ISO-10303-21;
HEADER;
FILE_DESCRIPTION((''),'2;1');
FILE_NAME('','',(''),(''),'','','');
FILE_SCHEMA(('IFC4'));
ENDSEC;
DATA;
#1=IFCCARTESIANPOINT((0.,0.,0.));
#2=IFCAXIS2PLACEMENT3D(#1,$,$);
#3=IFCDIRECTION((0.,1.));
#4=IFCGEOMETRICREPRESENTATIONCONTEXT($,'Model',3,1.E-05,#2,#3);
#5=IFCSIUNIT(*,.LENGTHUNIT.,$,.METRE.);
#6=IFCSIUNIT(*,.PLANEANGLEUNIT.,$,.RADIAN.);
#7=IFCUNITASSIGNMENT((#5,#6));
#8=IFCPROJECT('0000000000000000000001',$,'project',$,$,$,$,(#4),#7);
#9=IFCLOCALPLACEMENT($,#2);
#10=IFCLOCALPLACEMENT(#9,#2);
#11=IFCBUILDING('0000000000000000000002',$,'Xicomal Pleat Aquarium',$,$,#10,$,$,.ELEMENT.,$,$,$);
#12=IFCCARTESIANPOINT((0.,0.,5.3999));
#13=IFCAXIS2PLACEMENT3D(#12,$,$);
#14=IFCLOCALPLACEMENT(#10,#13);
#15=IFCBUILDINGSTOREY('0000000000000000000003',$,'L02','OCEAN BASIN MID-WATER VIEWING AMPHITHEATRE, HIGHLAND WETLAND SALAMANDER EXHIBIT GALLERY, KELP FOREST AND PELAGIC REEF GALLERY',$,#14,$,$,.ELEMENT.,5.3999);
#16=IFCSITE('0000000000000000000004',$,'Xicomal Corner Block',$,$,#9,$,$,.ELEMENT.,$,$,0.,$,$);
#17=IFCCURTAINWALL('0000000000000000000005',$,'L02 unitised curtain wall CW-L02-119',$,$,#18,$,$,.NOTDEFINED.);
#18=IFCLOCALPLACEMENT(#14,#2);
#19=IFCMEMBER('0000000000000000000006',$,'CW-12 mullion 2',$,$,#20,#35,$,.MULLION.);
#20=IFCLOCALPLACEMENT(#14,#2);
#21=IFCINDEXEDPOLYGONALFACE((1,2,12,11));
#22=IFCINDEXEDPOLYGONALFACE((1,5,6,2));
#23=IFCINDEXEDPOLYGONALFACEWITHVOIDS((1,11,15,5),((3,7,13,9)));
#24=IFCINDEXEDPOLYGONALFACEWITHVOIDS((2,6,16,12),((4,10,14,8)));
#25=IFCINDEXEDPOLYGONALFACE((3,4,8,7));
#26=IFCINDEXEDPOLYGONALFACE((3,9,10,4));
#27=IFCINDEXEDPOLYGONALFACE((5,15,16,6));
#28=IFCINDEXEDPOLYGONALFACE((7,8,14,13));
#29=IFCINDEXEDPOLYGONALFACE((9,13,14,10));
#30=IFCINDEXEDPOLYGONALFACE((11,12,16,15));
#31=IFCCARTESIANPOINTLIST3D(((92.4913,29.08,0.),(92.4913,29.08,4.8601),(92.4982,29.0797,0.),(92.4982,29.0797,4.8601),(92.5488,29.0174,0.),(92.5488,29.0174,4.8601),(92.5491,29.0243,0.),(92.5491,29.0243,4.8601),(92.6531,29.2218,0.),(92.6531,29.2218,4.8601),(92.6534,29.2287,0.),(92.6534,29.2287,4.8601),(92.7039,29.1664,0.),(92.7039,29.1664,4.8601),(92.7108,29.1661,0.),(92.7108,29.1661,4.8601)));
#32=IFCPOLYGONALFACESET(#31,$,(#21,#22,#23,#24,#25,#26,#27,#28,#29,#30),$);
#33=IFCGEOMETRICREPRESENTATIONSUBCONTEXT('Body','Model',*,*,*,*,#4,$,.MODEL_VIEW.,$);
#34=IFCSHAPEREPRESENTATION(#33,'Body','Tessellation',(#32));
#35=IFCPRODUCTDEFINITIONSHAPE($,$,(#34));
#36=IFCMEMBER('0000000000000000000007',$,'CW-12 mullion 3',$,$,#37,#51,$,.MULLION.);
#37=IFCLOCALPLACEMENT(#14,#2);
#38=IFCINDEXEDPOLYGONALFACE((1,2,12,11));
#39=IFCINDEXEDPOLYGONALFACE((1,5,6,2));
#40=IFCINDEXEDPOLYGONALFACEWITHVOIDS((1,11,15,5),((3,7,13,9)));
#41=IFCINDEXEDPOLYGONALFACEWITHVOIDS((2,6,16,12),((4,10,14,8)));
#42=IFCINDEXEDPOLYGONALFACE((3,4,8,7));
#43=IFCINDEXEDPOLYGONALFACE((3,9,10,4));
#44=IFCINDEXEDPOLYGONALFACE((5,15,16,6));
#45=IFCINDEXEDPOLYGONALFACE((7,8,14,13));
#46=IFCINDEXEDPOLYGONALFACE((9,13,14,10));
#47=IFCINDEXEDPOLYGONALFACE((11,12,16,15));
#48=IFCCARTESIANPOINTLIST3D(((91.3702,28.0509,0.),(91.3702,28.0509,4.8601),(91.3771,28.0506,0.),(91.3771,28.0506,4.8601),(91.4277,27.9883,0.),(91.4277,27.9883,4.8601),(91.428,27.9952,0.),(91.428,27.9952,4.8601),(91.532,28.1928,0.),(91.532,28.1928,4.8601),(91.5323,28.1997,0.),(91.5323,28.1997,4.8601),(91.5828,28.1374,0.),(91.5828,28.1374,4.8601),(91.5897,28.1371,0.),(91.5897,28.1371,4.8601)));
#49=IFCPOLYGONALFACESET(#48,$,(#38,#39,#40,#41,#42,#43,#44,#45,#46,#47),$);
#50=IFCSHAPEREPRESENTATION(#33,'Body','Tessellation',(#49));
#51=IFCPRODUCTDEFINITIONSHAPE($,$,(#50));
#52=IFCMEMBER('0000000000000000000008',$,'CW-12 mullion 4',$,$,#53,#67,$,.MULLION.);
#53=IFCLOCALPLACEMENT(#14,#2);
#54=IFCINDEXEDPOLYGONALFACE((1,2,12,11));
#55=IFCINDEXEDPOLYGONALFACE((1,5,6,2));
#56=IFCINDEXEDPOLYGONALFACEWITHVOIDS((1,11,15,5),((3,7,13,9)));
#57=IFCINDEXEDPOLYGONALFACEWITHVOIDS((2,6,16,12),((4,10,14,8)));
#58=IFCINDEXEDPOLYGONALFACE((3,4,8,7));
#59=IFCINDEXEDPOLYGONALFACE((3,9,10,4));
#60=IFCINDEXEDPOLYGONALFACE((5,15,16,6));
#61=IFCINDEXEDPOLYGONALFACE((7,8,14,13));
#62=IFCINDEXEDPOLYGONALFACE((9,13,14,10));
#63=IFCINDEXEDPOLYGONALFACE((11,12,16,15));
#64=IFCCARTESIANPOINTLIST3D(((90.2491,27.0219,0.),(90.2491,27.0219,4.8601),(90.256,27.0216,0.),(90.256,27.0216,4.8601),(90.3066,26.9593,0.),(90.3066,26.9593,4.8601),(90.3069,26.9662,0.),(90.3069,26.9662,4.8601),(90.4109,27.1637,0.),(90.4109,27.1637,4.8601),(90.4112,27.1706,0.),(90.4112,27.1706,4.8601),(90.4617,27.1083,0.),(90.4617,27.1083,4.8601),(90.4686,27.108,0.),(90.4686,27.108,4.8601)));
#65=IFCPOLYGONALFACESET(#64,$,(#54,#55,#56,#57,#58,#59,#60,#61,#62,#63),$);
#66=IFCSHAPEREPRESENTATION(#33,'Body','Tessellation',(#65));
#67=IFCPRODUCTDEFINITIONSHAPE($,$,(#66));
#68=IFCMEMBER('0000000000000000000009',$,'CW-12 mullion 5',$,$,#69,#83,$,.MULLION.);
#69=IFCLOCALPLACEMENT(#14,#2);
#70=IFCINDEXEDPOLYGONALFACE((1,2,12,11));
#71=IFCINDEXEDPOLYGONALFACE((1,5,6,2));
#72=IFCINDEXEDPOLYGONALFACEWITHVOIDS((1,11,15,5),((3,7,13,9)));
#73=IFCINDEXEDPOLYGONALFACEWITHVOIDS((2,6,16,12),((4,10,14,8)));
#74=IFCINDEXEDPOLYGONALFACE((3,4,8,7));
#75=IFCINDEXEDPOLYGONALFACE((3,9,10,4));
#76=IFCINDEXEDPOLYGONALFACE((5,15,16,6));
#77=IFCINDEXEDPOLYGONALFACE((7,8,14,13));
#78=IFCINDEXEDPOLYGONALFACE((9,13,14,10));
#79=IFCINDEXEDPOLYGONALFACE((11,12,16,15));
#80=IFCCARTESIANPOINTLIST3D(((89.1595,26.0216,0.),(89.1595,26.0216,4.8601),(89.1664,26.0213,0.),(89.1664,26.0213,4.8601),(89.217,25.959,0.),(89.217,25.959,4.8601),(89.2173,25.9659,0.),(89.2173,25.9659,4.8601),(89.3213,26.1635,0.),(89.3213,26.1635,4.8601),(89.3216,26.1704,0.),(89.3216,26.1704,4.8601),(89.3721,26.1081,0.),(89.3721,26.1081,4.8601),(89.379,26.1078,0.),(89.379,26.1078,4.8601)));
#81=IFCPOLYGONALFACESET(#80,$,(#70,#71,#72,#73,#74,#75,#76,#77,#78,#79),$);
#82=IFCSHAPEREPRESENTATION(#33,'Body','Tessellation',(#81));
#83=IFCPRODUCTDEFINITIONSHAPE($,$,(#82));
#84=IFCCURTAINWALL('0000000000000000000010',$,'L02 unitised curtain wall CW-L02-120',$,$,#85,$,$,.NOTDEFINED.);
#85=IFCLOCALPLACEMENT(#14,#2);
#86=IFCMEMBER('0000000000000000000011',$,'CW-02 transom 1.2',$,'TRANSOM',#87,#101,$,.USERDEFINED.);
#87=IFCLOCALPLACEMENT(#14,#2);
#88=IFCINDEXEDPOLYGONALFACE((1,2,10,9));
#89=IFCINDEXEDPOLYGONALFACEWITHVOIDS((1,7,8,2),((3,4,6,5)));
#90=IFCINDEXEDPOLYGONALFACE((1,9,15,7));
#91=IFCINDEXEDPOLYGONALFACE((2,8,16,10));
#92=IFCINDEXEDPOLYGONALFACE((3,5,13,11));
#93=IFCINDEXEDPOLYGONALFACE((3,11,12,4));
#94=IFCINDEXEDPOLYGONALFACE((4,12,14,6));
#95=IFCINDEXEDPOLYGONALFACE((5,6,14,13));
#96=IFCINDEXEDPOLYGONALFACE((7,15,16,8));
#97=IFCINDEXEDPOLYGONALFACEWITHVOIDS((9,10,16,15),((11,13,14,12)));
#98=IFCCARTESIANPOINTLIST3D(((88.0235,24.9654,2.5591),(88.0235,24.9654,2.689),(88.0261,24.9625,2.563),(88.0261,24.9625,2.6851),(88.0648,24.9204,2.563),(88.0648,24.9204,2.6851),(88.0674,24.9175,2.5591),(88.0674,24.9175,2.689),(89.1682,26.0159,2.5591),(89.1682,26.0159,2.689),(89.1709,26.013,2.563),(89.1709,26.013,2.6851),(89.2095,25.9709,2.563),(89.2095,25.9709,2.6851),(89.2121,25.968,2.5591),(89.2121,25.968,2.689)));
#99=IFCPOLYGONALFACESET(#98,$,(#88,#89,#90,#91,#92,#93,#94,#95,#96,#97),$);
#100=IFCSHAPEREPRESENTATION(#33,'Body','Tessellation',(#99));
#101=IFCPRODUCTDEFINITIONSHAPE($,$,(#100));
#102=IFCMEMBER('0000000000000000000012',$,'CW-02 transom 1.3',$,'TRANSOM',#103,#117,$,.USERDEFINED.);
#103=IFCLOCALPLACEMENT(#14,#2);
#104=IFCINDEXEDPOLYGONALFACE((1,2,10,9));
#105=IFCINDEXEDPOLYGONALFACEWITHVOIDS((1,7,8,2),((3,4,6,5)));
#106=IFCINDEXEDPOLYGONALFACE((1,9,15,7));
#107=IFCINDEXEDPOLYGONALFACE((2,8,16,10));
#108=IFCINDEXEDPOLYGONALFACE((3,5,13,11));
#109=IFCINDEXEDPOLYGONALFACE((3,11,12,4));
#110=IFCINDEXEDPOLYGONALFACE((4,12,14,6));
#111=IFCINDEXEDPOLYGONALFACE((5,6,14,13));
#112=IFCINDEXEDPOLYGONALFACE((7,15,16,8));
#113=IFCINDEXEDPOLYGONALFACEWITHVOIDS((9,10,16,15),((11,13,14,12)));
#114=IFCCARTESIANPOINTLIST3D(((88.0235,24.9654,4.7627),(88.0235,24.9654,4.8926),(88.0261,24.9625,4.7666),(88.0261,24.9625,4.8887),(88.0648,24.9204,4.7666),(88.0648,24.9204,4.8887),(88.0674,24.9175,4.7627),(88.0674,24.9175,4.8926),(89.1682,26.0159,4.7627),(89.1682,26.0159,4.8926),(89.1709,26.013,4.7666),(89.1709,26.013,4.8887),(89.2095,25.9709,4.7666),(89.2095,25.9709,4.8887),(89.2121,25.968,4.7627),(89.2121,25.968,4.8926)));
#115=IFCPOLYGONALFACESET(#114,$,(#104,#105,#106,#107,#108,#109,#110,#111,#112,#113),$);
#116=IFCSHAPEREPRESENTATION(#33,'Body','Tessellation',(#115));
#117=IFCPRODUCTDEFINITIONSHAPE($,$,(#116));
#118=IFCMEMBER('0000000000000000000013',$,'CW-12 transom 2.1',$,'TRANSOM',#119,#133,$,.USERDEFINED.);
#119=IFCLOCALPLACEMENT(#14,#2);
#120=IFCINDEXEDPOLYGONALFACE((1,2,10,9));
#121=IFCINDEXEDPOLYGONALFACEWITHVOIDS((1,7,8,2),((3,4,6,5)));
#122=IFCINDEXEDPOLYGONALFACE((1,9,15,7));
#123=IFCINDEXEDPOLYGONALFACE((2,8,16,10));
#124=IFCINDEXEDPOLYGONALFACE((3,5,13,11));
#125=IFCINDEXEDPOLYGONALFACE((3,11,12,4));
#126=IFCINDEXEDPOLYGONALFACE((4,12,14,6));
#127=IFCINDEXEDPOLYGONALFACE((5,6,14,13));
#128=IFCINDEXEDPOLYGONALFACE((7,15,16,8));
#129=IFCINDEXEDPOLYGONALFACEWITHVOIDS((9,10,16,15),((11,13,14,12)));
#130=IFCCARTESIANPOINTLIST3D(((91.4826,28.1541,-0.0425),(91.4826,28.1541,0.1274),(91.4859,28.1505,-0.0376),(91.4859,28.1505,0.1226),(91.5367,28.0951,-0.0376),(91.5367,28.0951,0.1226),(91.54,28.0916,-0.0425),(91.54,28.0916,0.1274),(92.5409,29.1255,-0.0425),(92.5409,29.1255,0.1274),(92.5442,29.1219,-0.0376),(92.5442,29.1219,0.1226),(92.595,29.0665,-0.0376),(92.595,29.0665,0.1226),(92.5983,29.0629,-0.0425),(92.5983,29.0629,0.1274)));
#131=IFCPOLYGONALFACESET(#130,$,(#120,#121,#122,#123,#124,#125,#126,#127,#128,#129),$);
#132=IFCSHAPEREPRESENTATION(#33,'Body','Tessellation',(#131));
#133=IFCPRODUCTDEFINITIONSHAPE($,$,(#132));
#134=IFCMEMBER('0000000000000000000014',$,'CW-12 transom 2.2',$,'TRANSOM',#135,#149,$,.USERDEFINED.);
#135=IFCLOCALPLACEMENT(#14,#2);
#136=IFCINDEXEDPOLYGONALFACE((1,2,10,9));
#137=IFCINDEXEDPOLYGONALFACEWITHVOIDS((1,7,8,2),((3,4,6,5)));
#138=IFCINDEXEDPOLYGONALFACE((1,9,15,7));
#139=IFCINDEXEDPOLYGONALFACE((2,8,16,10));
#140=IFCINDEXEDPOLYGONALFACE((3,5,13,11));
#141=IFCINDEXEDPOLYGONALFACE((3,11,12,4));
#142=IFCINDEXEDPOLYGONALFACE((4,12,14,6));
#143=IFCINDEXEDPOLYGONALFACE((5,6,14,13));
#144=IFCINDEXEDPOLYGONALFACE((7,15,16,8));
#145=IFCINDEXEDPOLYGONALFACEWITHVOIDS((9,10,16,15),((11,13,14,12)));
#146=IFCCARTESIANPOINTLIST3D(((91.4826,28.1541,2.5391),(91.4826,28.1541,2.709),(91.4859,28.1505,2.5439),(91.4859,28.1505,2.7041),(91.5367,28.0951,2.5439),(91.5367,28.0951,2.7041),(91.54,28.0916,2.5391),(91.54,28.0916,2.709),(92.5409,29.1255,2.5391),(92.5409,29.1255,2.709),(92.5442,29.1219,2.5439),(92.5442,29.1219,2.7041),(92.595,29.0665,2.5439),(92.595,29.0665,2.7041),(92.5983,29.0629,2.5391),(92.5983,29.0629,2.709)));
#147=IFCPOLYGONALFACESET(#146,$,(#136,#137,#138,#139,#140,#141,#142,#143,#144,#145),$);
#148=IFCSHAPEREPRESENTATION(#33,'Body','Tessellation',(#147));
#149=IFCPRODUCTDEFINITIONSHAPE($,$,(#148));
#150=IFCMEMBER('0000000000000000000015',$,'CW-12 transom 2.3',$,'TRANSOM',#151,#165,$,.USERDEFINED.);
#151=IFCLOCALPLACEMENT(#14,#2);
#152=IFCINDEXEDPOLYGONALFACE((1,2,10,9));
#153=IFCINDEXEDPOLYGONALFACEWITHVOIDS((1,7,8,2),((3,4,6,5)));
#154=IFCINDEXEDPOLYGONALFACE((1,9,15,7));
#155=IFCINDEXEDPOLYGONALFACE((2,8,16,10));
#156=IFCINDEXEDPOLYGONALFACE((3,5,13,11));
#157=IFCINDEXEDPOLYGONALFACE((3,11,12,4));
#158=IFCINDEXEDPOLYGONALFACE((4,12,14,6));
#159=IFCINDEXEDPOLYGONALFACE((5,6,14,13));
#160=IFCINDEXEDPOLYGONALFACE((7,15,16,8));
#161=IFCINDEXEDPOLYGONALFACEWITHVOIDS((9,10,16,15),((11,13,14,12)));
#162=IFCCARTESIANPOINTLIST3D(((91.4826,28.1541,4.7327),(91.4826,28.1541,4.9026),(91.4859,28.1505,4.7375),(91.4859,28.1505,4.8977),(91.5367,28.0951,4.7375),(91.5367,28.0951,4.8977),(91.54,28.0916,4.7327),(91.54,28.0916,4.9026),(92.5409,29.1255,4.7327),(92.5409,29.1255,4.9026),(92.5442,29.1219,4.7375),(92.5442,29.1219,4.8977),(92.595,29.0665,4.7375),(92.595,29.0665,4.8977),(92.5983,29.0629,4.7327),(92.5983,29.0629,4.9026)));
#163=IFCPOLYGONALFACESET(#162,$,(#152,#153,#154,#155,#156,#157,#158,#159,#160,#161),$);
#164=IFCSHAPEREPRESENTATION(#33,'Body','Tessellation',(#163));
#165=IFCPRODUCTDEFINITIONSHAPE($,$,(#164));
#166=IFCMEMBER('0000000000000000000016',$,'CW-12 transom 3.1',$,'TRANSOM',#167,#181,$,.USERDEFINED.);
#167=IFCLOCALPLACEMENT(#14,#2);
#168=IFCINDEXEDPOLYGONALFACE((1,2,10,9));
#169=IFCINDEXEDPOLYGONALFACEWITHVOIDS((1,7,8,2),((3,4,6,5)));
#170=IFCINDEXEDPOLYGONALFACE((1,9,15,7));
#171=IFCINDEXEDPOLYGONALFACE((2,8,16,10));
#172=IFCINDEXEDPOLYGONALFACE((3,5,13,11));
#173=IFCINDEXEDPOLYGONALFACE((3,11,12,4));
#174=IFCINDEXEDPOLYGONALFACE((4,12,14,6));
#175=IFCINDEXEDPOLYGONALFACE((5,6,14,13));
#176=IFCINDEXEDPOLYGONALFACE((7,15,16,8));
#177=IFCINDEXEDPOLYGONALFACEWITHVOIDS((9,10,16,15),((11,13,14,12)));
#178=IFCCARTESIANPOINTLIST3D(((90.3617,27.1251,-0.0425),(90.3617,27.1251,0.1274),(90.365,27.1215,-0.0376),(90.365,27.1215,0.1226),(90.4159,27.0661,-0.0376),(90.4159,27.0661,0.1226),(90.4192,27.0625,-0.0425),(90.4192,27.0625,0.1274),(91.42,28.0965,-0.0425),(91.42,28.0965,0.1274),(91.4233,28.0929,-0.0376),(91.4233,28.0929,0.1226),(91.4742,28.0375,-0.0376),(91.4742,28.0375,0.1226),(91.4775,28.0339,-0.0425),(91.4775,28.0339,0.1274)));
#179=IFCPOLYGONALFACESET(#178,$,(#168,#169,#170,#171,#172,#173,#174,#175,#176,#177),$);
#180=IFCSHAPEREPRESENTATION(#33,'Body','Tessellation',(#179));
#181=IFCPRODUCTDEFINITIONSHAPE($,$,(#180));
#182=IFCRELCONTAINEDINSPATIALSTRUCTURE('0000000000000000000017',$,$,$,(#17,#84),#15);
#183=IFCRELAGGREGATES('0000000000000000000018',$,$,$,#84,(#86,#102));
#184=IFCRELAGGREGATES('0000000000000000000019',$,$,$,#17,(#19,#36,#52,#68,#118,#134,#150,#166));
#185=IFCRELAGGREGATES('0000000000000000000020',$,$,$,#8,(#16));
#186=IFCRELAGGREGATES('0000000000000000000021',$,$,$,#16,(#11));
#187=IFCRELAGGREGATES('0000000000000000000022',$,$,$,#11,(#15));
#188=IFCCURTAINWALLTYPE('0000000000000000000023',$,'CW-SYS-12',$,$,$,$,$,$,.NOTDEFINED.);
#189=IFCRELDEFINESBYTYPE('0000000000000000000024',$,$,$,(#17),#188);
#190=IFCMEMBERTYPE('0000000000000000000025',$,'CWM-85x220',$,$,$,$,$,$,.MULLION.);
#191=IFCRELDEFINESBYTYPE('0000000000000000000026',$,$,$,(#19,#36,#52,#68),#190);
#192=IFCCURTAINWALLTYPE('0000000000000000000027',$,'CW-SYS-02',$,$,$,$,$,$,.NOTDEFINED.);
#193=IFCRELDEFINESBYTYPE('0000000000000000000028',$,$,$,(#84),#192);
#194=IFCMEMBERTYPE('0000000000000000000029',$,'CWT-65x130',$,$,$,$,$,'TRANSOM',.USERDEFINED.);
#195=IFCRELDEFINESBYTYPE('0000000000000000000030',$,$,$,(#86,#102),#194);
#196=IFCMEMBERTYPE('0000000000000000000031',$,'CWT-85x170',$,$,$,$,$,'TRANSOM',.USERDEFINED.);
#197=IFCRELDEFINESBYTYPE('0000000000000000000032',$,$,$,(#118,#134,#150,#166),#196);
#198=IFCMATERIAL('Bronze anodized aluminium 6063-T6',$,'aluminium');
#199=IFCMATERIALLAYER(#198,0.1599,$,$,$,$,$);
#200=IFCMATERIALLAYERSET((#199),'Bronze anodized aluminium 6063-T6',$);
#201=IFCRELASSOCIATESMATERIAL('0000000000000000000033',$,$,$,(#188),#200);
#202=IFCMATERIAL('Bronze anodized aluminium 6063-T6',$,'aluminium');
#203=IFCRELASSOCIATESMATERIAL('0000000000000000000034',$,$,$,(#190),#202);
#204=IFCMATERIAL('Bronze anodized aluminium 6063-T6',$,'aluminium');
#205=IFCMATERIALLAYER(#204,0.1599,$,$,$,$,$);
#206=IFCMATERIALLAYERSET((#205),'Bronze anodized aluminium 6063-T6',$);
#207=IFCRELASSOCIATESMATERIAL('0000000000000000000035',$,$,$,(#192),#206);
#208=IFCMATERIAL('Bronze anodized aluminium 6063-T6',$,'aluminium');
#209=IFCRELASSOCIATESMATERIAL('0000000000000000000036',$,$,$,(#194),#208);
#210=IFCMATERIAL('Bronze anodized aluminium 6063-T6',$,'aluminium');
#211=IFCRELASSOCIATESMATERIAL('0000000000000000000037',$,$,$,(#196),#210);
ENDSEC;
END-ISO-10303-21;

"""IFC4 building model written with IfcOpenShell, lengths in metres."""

from ifc_helpers import new_model, si_unit, direction, frame, origin, origin_2d, place, context, subcontext, project, spatial, hollow_rectangle, extrude, material, layer, layer_set, material_profile, profile_set, type_object, element, aggregate, save


model = new_model("IFC4")

# Units and contexts
model_context = context("Model", 3, precision=1e-05, world=origin(), true_north=direction((0.0, 1.0)))
body_context = subcontext(model_context, "Body", "Model", "MODEL_VIEW")
ifc_project = project(units=[si_unit("LENGTHUNIT", "METRE"), si_unit("PLANEANGLEUNIT", "RADIAN")], contexts=[model_context])

# Site, building, storey
site_placement = place(None, origin())
site = spatial("IfcSite", under=ifc_project, at=site_placement, Name="Xicomal Corner Block", CompositionType="ELEMENT", RefElevation=0.0)
building_placement = place(site_placement, origin())
building = spatial("IfcBuilding", under=site, at=building_placement, Name="Xicomal Pleat Aquarium", CompositionType="ELEMENT")
storey_placement = place(building_placement, frame((0.0, 0.0, 5.3999)))
storey = spatial("IfcBuildingStorey", under=building, at=storey_placement, Name="L02", Description="OCEAN BASIN MID-WATER VIEWING AMPHITHEATRE, HIGHLAND WETLAND SALAMANDER EXHIBIT GALLERY, KELP FOREST AND PELAGIC REEF GALLERY", CompositionType="ELEMENT", Elevation=5.3999)

# Curtain walls, members
ifc_material_1 = material(Name="Bronze anodized aluminium 6063-T6", Category="aluminium")
ifc_layer_1 = layer(ifc_material_1, 0.1599)
ifc_layer_set_1 = layer_set([ifc_layer_1], Name="Bronze anodized aluminium 6063-T6")
curtain_wall_type_1 = type_object("IfcCurtainWallType", Name="CW-SYS-12", PredefinedType="NOTDEFINED", material=ifc_layer_set_1)
curtain_wall_1_placement = place(storey_placement, origin())
curtain_wall_1 = element("IfcCurtainWall", 1, at=curtain_wall_1_placement, inside=storey, type_object=curtain_wall_type_1, Name="L02 unitised curtain wall CW-L02-119", PredefinedType="NOTDEFINED")
ifc_material_2 = material(Name="Bronze anodized aluminium 6063-T6", Category="aluminium")
ifc_material_profile_1 = material_profile(ifc_material_2, hollow_rectangle(XDim=0.085, YDim=0.22, WallThickness=0.0049, at=origin_2d()), Name="ALU MULL 85x220")
ifc_profile_set_1 = profile_set([ifc_material_profile_1], Name="Bronze anodized aluminium 6063-T6")
member_type_1 = type_object("IfcMemberType", Name="CWM-85x220", PredefinedType="MULLION", material=ifc_profile_set_1)
member_1_placement = place(storey_placement, frame((92.6011, 29.123, 0.0), z_axis=(0.0, 0.0, 1.0), x_axis=(0.67623, -0.73669, 0.0)))
member_1 = element("IfcMember", 2, at=member_1_placement, type_object=member_type_1, Name="CW-12 mullion 2", PredefinedType="MULLION", context=body_context, shape_type="SweptSolid", body=[
    extrude(hollow_rectangle(XDim=0.085, YDim=0.22, WallThickness=0.0049, at=origin_2d()), origin(), (0.0, 0.0, 1.0), 4.8601),
])
member_2_placement = place(storey_placement, frame((91.48, 28.094, 0.0), z_axis=(0.0, 0.0, 1.0), x_axis=(0.67623, -0.73669, 0.0)))
member_2 = element("IfcMember", 3, at=member_2_placement, type_object=member_type_1, Name="CW-12 mullion 3", PredefinedType="MULLION", context=body_context, shape_type="SweptSolid", body=[
    extrude(hollow_rectangle(XDim=0.085, YDim=0.22, WallThickness=0.0049, at=origin_2d()), origin(), (0.0, 0.0, 1.0), 4.8601),
])
member_3_placement = place(storey_placement, frame((90.3589, 27.0649, 0.0), z_axis=(0.0, 0.0, 1.0), x_axis=(0.67623, -0.73669, 0.0)))
member_3 = element("IfcMember", 4, at=member_3_placement, type_object=member_type_1, Name="CW-12 mullion 4", PredefinedType="MULLION", context=body_context, shape_type="SweptSolid", body=[
    extrude(hollow_rectangle(XDim=0.085, YDim=0.22, WallThickness=0.0049, at=origin_2d()), origin(), (0.0, 0.0, 1.0), 4.8601),
])
member_4_placement = place(storey_placement, frame((89.2693, 26.0647, 0.0), z_axis=(0.0, 0.0, 1.0), x_axis=(0.67623, -0.73669, 0.0)))
member_4 = element("IfcMember", 5, at=member_4_placement, type_object=member_type_1, Name="CW-12 mullion 5", PredefinedType="MULLION", context=body_context, shape_type="SweptSolid", body=[
    extrude(hollow_rectangle(XDim=0.085, YDim=0.22, WallThickness=0.0049, at=origin_2d()), origin(), (0.0, 0.0, 1.0), 4.8601),
])
ifc_material_3 = material(Name="Bronze anodized aluminium 6063-T6", Category="aluminium")
ifc_layer_2 = layer(ifc_material_3, 0.1599)
ifc_layer_set_2 = layer_set([ifc_layer_2], Name="Bronze anodized aluminium 6063-T6")
curtain_wall_type_2 = type_object("IfcCurtainWallType", Name="CW-SYS-02", PredefinedType="NOTDEFINED", material=ifc_layer_set_2)
curtain_wall_2_placement = place(storey_placement, origin())
curtain_wall_2 = element("IfcCurtainWall", 6, at=curtain_wall_2_placement, inside=storey, type_object=curtain_wall_type_2, Name="L02 unitised curtain wall CW-L02-120", PredefinedType="NOTDEFINED")
ifc_material_4 = material(Name="Bronze anodized aluminium 6063-T6", Category="aluminium")
ifc_material_profile_2 = material_profile(ifc_material_4, hollow_rectangle(XDim=0.0649, YDim=0.1299, WallThickness=0.0039, at=origin_2d()), Name="ALU TRAN 65x130")
ifc_profile_set_2 = profile_set([ifc_material_profile_2], Name="Bronze anodized aluminium 6063-T6")
member_type_2 = type_object("IfcMemberType", Name="CWT-65x130", ElementType="TRANSOM", PredefinedType="USERDEFINED", material=ifc_profile_set_2)
member_5_placement = place(storey_placement, frame((89.1902, 25.9919, 2.624), z_axis=(-0.736782, -0.67613, 0.0), x_axis=(0.67613, -0.736782, 0.0)))
member_5 = element("IfcMember", 7, at=member_5_placement, type_object=member_type_2, Name="CW-02 transom 1.2", ObjectType="TRANSOM", PredefinedType="USERDEFINED", context=body_context, shape_type="SweptSolid", body=[
    extrude(hollow_rectangle(XDim=0.0649, YDim=0.1299, WallThickness=0.0039, at=origin_2d()), origin(), (0.0, 0.0, 1.0), 1.5537),
])
member_6_placement = place(storey_placement, frame((89.1902, 25.9919, 4.8276), z_axis=(-0.736782, -0.67613, 0.0), x_axis=(0.67613, -0.736782, 0.0)))
member_6 = element("IfcMember", 8, at=member_6_placement, type_object=member_type_2, Name="CW-02 transom 1.3", ObjectType="TRANSOM", PredefinedType="USERDEFINED", context=body_context, shape_type="SweptSolid", body=[
    extrude(hollow_rectangle(XDim=0.0649, YDim=0.1299, WallThickness=0.0039, at=origin_2d()), origin(), (0.0, 0.0, 1.0), 1.5537),
])
aggregate(curtain_wall_2, [member_5, member_6])

# Members
ifc_material_5 = material(Name="Bronze anodized aluminium 6063-T6", Category="aluminium")
ifc_material_profile_3 = material_profile(ifc_material_5, hollow_rectangle(XDim=0.085, YDim=0.1699, WallThickness=0.0049, at=origin_2d()), Name="ALU TRAN 85x170")
ifc_profile_set_3 = profile_set([ifc_material_profile_3], Name="Bronze anodized aluminium 6063-T6")
member_type_3 = type_object("IfcMemberType", Name="CWT-85x170", ElementType="TRANSOM", PredefinedType="USERDEFINED", material=ifc_profile_set_3)
member_7_placement = place(storey_placement, frame((92.5696, 29.0942, 0.0425), z_axis=(-0.73671, -0.676209, 0.0), x_axis=(0.676209, -0.73671, 0.0)))
member_7 = element("IfcMember", 9, at=member_7_placement, type_object=member_type_3, Name="CW-12 transom 2.1", ObjectType="TRANSOM", PredefinedType="USERDEFINED", context=body_context, shape_type="SweptSolid", body=[
    extrude(hollow_rectangle(XDim=0.085, YDim=0.1699, WallThickness=0.0049, at=origin_2d()), origin(), (0.0, 0.0, 1.0), 1.4365),
])
member_8_placement = place(storey_placement, frame((92.5696, 29.0942, 2.624), z_axis=(-0.73671, -0.676209, 0.0), x_axis=(0.676209, -0.73671, 0.0)))
member_8 = element("IfcMember", 10, at=member_8_placement, type_object=member_type_3, Name="CW-12 transom 2.2", ObjectType="TRANSOM", PredefinedType="USERDEFINED", context=body_context, shape_type="SweptSolid", body=[
    extrude(hollow_rectangle(XDim=0.085, YDim=0.1699, WallThickness=0.0049, at=origin_2d()), origin(), (0.0, 0.0, 1.0), 1.4365),
])
member_9_placement = place(storey_placement, frame((92.5696, 29.0942, 4.8176), z_axis=(-0.73671, -0.676209, 0.0), x_axis=(0.676209, -0.73671, 0.0)))
member_9 = element("IfcMember", 11, at=member_9_placement, type_object=member_type_3, Name="CW-12 transom 2.3", ObjectType="TRANSOM", PredefinedType="USERDEFINED", context=body_context, shape_type="SweptSolid", body=[
    extrude(hollow_rectangle(XDim=0.085, YDim=0.1699, WallThickness=0.0049, at=origin_2d()), origin(), (0.0, 0.0, 1.0), 1.4365),
])
member_10_placement = place(storey_placement, frame((91.4487, 28.0652, 0.0425), z_axis=(-0.73671, -0.676209, 0.0), x_axis=(0.676209, -0.73671, 0.0)))
member_10 = element("IfcMember", 12, at=member_10_placement, type_object=member_type_3, Name="CW-12 transom 3.1", ObjectType="TRANSOM", PredefinedType="USERDEFINED", context=body_context, shape_type="SweptSolid", body=[
    extrude(hollow_rectangle(XDim=0.085, YDim=0.1699, WallThickness=0.0049, at=origin_2d()), origin(), (0.0, 0.0, 1.0), 1.4365),
])

aggregate(curtain_wall_1, [member_1, member_2, member_3, member_4, member_7, member_8, member_9, member_10])

save(model, "model.ifc")
